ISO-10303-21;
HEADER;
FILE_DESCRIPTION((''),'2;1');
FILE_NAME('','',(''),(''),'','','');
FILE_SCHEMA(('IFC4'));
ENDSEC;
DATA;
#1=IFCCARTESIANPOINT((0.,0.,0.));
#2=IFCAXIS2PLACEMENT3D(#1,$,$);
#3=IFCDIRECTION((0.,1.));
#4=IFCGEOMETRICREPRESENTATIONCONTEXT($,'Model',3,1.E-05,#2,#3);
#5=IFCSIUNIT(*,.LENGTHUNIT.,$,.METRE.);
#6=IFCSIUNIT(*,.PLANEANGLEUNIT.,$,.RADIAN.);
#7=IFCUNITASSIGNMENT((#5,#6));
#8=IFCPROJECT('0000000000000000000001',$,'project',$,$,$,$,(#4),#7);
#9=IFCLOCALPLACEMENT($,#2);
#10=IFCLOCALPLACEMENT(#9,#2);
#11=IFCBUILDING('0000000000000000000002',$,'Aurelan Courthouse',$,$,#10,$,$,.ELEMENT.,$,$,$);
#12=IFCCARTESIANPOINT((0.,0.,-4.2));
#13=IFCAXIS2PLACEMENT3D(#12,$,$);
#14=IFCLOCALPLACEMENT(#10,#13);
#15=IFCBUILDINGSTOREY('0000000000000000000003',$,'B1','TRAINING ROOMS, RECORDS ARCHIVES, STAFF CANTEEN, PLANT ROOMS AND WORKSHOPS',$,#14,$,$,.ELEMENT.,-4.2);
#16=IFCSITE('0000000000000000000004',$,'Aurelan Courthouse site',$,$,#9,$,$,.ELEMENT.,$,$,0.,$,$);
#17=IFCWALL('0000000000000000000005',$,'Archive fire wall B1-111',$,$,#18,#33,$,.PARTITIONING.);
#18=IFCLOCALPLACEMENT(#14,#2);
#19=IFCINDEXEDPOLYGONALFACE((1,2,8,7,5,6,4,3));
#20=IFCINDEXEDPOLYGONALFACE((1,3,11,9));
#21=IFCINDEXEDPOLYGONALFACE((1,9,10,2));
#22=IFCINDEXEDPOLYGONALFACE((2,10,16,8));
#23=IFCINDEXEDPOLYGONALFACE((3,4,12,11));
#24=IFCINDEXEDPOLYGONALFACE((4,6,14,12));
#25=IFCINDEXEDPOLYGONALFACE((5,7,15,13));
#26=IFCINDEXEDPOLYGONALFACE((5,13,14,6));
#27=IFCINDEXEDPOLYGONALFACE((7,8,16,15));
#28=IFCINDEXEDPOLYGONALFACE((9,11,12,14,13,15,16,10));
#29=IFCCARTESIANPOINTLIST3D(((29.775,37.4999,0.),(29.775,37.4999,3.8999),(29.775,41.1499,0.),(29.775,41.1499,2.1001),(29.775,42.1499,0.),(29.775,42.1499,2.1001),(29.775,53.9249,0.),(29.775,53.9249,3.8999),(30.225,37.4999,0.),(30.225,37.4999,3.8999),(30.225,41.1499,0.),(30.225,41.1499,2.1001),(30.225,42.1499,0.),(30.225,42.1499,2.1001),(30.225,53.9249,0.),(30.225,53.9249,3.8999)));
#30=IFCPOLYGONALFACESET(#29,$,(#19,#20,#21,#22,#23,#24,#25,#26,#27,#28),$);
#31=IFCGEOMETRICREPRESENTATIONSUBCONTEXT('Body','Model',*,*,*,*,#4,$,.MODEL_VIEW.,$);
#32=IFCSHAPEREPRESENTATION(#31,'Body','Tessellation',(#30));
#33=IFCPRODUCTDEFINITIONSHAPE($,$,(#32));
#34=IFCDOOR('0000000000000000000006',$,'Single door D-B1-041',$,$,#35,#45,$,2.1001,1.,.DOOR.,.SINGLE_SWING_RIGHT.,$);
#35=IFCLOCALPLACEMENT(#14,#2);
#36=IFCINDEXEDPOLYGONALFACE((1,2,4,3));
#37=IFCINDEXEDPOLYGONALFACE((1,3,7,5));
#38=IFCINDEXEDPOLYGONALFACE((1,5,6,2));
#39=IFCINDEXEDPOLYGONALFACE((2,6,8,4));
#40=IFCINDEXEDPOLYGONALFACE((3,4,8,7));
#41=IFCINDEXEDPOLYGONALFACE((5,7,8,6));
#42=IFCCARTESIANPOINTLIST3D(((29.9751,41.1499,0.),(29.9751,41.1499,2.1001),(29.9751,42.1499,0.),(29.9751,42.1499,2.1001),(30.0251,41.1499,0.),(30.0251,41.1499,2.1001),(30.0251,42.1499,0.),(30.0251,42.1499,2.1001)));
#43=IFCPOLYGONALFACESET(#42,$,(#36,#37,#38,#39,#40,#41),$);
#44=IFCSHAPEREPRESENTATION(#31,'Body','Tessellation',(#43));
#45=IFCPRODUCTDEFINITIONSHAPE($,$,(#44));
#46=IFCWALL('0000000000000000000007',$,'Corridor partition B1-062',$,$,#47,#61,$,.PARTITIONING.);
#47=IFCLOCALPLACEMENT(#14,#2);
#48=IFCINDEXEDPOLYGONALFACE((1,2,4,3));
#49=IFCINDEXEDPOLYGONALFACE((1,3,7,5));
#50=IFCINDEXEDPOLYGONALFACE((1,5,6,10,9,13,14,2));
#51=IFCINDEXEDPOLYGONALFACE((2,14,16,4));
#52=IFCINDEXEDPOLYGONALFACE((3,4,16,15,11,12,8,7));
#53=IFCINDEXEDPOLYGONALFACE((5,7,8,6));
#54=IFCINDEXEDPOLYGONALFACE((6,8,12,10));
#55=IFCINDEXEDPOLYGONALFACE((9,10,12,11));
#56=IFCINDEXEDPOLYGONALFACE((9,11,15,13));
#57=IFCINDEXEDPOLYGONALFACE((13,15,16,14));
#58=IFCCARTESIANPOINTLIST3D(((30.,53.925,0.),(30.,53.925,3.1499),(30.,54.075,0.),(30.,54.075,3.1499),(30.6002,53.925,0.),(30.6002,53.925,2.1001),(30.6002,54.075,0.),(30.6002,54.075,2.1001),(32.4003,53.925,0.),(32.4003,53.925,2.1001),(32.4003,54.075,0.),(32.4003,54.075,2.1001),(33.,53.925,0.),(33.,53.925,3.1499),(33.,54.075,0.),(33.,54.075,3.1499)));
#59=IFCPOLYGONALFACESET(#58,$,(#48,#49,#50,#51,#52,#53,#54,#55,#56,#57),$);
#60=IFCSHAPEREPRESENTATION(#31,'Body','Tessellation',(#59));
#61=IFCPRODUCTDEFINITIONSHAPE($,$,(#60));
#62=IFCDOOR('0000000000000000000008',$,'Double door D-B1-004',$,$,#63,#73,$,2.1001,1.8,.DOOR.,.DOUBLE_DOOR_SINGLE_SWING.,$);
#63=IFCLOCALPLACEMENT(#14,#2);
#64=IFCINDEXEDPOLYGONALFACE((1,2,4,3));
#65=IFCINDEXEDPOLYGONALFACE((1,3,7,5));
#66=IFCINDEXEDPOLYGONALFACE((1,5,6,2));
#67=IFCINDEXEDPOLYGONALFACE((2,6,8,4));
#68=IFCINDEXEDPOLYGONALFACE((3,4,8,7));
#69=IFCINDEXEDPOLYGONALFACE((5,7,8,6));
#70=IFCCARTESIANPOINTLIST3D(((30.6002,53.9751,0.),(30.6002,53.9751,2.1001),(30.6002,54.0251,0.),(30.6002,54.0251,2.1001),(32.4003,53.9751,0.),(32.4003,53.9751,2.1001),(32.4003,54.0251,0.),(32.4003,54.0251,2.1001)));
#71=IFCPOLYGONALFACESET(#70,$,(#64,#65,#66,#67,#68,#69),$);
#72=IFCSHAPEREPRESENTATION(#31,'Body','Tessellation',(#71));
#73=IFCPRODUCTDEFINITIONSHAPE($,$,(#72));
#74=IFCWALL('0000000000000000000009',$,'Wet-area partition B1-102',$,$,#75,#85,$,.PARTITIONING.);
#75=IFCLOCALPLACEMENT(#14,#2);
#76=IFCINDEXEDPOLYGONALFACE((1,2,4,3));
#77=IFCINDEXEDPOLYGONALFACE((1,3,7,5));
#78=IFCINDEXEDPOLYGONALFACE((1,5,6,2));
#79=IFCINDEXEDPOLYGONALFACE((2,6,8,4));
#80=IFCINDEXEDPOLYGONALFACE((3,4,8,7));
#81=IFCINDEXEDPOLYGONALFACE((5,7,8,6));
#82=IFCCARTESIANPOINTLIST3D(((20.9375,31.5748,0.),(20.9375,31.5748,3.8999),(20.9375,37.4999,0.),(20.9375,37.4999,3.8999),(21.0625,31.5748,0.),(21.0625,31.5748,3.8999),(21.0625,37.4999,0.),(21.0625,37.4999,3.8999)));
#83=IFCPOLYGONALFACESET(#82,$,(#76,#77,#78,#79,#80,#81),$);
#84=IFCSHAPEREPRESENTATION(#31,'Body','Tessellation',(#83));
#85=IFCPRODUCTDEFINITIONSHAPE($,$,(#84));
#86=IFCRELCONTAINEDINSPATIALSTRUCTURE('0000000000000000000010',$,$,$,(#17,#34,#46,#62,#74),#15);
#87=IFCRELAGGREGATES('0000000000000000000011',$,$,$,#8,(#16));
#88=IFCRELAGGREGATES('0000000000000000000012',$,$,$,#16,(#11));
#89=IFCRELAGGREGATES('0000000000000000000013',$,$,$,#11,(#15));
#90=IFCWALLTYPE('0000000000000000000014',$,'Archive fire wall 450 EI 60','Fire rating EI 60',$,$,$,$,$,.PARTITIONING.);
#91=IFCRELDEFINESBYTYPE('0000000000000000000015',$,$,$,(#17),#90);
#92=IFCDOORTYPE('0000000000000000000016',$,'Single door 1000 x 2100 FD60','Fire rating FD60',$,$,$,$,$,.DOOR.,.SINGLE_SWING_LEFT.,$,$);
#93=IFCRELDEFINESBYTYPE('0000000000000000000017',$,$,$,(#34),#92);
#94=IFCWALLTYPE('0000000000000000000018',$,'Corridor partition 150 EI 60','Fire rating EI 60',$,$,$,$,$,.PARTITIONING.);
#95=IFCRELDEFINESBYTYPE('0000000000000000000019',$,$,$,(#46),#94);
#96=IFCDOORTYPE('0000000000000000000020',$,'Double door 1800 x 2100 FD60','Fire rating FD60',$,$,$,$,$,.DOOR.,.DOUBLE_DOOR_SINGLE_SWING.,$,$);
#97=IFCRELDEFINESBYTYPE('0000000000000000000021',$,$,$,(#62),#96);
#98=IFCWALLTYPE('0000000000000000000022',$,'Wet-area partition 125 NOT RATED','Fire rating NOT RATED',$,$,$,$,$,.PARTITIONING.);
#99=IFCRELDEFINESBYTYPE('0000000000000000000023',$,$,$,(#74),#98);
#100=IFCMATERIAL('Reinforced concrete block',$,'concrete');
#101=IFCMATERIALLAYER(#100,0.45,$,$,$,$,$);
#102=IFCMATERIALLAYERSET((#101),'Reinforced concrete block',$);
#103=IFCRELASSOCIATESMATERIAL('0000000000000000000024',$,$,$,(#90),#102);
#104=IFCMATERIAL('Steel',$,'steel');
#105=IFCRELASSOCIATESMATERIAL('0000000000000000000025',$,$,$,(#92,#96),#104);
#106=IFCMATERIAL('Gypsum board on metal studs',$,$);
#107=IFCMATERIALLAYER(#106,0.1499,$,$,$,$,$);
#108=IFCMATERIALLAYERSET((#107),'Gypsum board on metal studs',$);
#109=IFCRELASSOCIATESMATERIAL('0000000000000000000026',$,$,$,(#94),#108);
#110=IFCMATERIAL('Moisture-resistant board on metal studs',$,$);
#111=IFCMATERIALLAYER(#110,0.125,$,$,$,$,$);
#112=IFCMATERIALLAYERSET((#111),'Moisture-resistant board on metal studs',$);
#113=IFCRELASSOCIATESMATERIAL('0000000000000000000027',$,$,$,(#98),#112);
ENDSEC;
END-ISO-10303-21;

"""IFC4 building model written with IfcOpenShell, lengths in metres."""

from ifc_helpers import new_model, si_unit, direction, frame, frame_2d, origin, place, context, subcontext, project, spatial, rectangle, extrude, material, layer, layer_set, type_object, element, fill, save


model = new_model("IFC4")

# Units and contexts
model_context = context("Model", 3, precision=1e-05, world=origin(), true_north=direction((0.0, 1.0)))
body_context = subcontext(model_context, "Body", "Model", "MODEL_VIEW")
ifc_project = project(units=[si_unit("LENGTHUNIT", "METRE"), si_unit("PLANEANGLEUNIT", "RADIAN")], contexts=[model_context])

# Site, building, storey
site_placement = place(None, origin())
site = spatial("IfcSite", under=ifc_project, at=site_placement, Name="Aurelan Courthouse site", CompositionType="ELEMENT", RefElevation=0.0)
building_placement = place(site_placement, origin())
building = spatial("IfcBuilding", under=site, at=building_placement, Name="Aurelan Courthouse", CompositionType="ELEMENT")
storey_placement = place(building_placement, frame((0.0, 0.0, -4.2)))
storey = spatial("IfcBuildingStorey", under=building, at=storey_placement, Name="B1", Description="TRAINING ROOMS, RECORDS ARCHIVES, STAFF CANTEEN, PLANT ROOMS AND WORKSHOPS", CompositionType="ELEMENT", Elevation=-4.2)

# Shared definitions
ifc_material_1 = material(Name="Reinforced concrete block", Category="concrete")
ifc_layer_1 = layer(ifc_material_1, 0.45)
ifc_layer_set_1 = layer_set([ifc_layer_1], Name="Reinforced concrete block")
wall_type_1 = type_object("IfcWallType", Name="Archive fire wall 450 EI 60", Description="Fire rating EI 60", PredefinedType="PARTITIONING", material=ifc_layer_set_1)

# Shared definitions
ifc_material_2 = material(Name="Steel", Category="steel")
door_type_1 = type_object("IfcDoorType", Name="Single door 1000 x 2100 FD60", Description="Fire rating FD60", OperationType="SINGLE_SWING_LEFT", PredefinedType="DOOR", material=ifc_material_2)

# Walls, openings, doors
wall_1_placement = place(storey_placement, frame((30.0, 37.5, 0.0), z_axis=(0.0, 0.0, 1.0), x_axis=(0.0, 1.0, 0.0)))
wall_1 = element("IfcWall", 1, at=wall_1_placement, inside=storey, type_object=wall_type_1, Name="Archive fire wall B1-111", PredefinedType="PARTITIONING", context=body_context, shape_type="SweptSolid", body=[
    extrude(rectangle(XDim=16.425, YDim=0.45, at=frame_2d((8.2124, 0.0))), origin(), (0.0, 0.0, 1.0), 3.8999),
])
opening_1_placement = place(wall_1_placement, frame((3.6499, 0.0, 0.0)))
opening_1 = element("IfcOpeningElement", 2, at=opening_1_placement, cuts=wall_1, PredefinedType="OPENING", context=body_context, shape_type="SweptSolid", body=[
    extrude(rectangle(XDim=1.0, YDim=2.1001, at=frame_2d((0.5, 1.05))), frame((0.0, 0.2349, 0.0), z_axis=(0.0, -1.0, 0.0), x_axis=(1.0, 0.0, 0.0)), (0.0, 0.0, 1.0), 0.47),
])
door_1_placement = place(opening_1_placement, origin())
door_1 = element("IfcDoor", 3, at=door_1_placement, inside=storey, type_object=door_type_1, Name="Single door D-B1-041", OperationType="SINGLE_SWING_RIGHT", OverallHeight=2.1001, OverallWidth=1.0, PredefinedType="DOOR", context=body_context, shape_type="SweptSolid", body=[
    extrude(rectangle(XDim=1.0, YDim=2.1001, at=frame_2d((0.5, 1.05))), frame((0.0, 0.0249, 0.0), z_axis=(0.0, -1.0, 0.0), x_axis=(1.0, 0.0, 0.0)), (0.0, 0.0, 1.0), 0.05),
])
fill(opening_1, door_1)
ifc_material_3 = material(Name="Gypsum board on metal studs")
ifc_layer_2 = layer(ifc_material_3, 0.1499)
ifc_layer_set_2 = layer_set([ifc_layer_2], Name="Gypsum board on metal studs")
wall_type_2 = type_object("IfcWallType", Name="Corridor partition 150 EI 60", Description="Fire rating EI 60", PredefinedType="PARTITIONING", material=ifc_layer_set_2)
wall_2_placement = place(storey_placement, frame((30.0, 54.0, 0.0), z_axis=(0.0, 0.0, 1.0), x_axis=(1.0, 0.0, 0.0)))
wall_2 = element("IfcWall", 4, at=wall_2_placement, inside=storey, type_object=wall_type_2, Name="Corridor partition B1-062", PredefinedType="PARTITIONING", context=body_context, shape_type="SweptSolid", body=[
    extrude(rectangle(XDim=3.0, YDim=0.1499, at=frame_2d((1.5, 0.0))), origin(), (0.0, 0.0, 1.0), 3.1499),
])
opening_2_placement = place(wall_2_placement, frame((2.4001, 0.0, 0.0), z_axis=(0.0, 0.0, 1.0), x_axis=(-1.0, 0.0, 0.0)))
opening_2 = element("IfcOpeningElement", 5, at=opening_2_placement, cuts=wall_2, PredefinedType="OPENING", context=body_context, shape_type="SweptSolid", body=[
    extrude(rectangle(XDim=1.8, YDim=2.1001, at=frame_2d((0.8999, 1.05))), frame((0.0, 0.085, 0.0), z_axis=(0.0, -1.0, 0.0), x_axis=(1.0, 0.0, 0.0)), (0.0, 0.0, 1.0), 0.1699),
])
door_type_2 = type_object("IfcDoorType", Name="Double door 1800 x 2100 FD60", Description="Fire rating FD60", OperationType="DOUBLE_DOOR_SINGLE_SWING", PredefinedType="DOOR", material=ifc_material_2)
door_2_placement = place(opening_2_placement, origin())
door_2 = element("IfcDoor", 6, at=door_2_placement, inside=storey, type_object=door_type_2, Name="Double door D-B1-004", OperationType="DOUBLE_DOOR_SINGLE_SWING", OverallHeight=2.1001, OverallWidth=1.8, PredefinedType="DOOR", context=body_context, shape_type="SweptSolid", body=[
    extrude(rectangle(XDim=1.8, YDim=2.1001, at=frame_2d((0.8999, 1.05))), frame((0.0, 0.0249, 0.0), z_axis=(0.0, -1.0, 0.0), x_axis=(1.0, 0.0, 0.0)), (0.0, 0.0, 1.0), 0.05),
])
fill(opening_2, door_2)

# Wall
ifc_material_4 = material(Name="Moisture-resistant board on metal studs")
ifc_layer_3 = layer(ifc_material_4, 0.125)
ifc_layer_set_3 = layer_set([ifc_layer_3], Name="Moisture-resistant board on metal studs")
wall_type_3 = type_object("IfcWallType", Name="Wet-area partition 125 NOT RATED", Description="Fire rating NOT RATED", PredefinedType="PARTITIONING", material=ifc_layer_set_3)
wall_3_placement = place(storey_placement, frame((21.0, 31.575, 0.0), z_axis=(0.0, 0.0, 1.0), x_axis=(0.0, 1.0, 0.0)))
element("IfcWall", 7, at=wall_3_placement, inside=storey, type_object=wall_type_3, Name="Wet-area partition B1-102", PredefinedType="PARTITIONING", context=body_context, shape_type="SweptSolid", body=[
    extrude(rectangle(XDim=5.925, YDim=0.125, at=frame_2d((2.9624, 0.0))), origin(), (0.0, 0.0, 1.0), 3.8999),
])

save(model, "model.ifc")
